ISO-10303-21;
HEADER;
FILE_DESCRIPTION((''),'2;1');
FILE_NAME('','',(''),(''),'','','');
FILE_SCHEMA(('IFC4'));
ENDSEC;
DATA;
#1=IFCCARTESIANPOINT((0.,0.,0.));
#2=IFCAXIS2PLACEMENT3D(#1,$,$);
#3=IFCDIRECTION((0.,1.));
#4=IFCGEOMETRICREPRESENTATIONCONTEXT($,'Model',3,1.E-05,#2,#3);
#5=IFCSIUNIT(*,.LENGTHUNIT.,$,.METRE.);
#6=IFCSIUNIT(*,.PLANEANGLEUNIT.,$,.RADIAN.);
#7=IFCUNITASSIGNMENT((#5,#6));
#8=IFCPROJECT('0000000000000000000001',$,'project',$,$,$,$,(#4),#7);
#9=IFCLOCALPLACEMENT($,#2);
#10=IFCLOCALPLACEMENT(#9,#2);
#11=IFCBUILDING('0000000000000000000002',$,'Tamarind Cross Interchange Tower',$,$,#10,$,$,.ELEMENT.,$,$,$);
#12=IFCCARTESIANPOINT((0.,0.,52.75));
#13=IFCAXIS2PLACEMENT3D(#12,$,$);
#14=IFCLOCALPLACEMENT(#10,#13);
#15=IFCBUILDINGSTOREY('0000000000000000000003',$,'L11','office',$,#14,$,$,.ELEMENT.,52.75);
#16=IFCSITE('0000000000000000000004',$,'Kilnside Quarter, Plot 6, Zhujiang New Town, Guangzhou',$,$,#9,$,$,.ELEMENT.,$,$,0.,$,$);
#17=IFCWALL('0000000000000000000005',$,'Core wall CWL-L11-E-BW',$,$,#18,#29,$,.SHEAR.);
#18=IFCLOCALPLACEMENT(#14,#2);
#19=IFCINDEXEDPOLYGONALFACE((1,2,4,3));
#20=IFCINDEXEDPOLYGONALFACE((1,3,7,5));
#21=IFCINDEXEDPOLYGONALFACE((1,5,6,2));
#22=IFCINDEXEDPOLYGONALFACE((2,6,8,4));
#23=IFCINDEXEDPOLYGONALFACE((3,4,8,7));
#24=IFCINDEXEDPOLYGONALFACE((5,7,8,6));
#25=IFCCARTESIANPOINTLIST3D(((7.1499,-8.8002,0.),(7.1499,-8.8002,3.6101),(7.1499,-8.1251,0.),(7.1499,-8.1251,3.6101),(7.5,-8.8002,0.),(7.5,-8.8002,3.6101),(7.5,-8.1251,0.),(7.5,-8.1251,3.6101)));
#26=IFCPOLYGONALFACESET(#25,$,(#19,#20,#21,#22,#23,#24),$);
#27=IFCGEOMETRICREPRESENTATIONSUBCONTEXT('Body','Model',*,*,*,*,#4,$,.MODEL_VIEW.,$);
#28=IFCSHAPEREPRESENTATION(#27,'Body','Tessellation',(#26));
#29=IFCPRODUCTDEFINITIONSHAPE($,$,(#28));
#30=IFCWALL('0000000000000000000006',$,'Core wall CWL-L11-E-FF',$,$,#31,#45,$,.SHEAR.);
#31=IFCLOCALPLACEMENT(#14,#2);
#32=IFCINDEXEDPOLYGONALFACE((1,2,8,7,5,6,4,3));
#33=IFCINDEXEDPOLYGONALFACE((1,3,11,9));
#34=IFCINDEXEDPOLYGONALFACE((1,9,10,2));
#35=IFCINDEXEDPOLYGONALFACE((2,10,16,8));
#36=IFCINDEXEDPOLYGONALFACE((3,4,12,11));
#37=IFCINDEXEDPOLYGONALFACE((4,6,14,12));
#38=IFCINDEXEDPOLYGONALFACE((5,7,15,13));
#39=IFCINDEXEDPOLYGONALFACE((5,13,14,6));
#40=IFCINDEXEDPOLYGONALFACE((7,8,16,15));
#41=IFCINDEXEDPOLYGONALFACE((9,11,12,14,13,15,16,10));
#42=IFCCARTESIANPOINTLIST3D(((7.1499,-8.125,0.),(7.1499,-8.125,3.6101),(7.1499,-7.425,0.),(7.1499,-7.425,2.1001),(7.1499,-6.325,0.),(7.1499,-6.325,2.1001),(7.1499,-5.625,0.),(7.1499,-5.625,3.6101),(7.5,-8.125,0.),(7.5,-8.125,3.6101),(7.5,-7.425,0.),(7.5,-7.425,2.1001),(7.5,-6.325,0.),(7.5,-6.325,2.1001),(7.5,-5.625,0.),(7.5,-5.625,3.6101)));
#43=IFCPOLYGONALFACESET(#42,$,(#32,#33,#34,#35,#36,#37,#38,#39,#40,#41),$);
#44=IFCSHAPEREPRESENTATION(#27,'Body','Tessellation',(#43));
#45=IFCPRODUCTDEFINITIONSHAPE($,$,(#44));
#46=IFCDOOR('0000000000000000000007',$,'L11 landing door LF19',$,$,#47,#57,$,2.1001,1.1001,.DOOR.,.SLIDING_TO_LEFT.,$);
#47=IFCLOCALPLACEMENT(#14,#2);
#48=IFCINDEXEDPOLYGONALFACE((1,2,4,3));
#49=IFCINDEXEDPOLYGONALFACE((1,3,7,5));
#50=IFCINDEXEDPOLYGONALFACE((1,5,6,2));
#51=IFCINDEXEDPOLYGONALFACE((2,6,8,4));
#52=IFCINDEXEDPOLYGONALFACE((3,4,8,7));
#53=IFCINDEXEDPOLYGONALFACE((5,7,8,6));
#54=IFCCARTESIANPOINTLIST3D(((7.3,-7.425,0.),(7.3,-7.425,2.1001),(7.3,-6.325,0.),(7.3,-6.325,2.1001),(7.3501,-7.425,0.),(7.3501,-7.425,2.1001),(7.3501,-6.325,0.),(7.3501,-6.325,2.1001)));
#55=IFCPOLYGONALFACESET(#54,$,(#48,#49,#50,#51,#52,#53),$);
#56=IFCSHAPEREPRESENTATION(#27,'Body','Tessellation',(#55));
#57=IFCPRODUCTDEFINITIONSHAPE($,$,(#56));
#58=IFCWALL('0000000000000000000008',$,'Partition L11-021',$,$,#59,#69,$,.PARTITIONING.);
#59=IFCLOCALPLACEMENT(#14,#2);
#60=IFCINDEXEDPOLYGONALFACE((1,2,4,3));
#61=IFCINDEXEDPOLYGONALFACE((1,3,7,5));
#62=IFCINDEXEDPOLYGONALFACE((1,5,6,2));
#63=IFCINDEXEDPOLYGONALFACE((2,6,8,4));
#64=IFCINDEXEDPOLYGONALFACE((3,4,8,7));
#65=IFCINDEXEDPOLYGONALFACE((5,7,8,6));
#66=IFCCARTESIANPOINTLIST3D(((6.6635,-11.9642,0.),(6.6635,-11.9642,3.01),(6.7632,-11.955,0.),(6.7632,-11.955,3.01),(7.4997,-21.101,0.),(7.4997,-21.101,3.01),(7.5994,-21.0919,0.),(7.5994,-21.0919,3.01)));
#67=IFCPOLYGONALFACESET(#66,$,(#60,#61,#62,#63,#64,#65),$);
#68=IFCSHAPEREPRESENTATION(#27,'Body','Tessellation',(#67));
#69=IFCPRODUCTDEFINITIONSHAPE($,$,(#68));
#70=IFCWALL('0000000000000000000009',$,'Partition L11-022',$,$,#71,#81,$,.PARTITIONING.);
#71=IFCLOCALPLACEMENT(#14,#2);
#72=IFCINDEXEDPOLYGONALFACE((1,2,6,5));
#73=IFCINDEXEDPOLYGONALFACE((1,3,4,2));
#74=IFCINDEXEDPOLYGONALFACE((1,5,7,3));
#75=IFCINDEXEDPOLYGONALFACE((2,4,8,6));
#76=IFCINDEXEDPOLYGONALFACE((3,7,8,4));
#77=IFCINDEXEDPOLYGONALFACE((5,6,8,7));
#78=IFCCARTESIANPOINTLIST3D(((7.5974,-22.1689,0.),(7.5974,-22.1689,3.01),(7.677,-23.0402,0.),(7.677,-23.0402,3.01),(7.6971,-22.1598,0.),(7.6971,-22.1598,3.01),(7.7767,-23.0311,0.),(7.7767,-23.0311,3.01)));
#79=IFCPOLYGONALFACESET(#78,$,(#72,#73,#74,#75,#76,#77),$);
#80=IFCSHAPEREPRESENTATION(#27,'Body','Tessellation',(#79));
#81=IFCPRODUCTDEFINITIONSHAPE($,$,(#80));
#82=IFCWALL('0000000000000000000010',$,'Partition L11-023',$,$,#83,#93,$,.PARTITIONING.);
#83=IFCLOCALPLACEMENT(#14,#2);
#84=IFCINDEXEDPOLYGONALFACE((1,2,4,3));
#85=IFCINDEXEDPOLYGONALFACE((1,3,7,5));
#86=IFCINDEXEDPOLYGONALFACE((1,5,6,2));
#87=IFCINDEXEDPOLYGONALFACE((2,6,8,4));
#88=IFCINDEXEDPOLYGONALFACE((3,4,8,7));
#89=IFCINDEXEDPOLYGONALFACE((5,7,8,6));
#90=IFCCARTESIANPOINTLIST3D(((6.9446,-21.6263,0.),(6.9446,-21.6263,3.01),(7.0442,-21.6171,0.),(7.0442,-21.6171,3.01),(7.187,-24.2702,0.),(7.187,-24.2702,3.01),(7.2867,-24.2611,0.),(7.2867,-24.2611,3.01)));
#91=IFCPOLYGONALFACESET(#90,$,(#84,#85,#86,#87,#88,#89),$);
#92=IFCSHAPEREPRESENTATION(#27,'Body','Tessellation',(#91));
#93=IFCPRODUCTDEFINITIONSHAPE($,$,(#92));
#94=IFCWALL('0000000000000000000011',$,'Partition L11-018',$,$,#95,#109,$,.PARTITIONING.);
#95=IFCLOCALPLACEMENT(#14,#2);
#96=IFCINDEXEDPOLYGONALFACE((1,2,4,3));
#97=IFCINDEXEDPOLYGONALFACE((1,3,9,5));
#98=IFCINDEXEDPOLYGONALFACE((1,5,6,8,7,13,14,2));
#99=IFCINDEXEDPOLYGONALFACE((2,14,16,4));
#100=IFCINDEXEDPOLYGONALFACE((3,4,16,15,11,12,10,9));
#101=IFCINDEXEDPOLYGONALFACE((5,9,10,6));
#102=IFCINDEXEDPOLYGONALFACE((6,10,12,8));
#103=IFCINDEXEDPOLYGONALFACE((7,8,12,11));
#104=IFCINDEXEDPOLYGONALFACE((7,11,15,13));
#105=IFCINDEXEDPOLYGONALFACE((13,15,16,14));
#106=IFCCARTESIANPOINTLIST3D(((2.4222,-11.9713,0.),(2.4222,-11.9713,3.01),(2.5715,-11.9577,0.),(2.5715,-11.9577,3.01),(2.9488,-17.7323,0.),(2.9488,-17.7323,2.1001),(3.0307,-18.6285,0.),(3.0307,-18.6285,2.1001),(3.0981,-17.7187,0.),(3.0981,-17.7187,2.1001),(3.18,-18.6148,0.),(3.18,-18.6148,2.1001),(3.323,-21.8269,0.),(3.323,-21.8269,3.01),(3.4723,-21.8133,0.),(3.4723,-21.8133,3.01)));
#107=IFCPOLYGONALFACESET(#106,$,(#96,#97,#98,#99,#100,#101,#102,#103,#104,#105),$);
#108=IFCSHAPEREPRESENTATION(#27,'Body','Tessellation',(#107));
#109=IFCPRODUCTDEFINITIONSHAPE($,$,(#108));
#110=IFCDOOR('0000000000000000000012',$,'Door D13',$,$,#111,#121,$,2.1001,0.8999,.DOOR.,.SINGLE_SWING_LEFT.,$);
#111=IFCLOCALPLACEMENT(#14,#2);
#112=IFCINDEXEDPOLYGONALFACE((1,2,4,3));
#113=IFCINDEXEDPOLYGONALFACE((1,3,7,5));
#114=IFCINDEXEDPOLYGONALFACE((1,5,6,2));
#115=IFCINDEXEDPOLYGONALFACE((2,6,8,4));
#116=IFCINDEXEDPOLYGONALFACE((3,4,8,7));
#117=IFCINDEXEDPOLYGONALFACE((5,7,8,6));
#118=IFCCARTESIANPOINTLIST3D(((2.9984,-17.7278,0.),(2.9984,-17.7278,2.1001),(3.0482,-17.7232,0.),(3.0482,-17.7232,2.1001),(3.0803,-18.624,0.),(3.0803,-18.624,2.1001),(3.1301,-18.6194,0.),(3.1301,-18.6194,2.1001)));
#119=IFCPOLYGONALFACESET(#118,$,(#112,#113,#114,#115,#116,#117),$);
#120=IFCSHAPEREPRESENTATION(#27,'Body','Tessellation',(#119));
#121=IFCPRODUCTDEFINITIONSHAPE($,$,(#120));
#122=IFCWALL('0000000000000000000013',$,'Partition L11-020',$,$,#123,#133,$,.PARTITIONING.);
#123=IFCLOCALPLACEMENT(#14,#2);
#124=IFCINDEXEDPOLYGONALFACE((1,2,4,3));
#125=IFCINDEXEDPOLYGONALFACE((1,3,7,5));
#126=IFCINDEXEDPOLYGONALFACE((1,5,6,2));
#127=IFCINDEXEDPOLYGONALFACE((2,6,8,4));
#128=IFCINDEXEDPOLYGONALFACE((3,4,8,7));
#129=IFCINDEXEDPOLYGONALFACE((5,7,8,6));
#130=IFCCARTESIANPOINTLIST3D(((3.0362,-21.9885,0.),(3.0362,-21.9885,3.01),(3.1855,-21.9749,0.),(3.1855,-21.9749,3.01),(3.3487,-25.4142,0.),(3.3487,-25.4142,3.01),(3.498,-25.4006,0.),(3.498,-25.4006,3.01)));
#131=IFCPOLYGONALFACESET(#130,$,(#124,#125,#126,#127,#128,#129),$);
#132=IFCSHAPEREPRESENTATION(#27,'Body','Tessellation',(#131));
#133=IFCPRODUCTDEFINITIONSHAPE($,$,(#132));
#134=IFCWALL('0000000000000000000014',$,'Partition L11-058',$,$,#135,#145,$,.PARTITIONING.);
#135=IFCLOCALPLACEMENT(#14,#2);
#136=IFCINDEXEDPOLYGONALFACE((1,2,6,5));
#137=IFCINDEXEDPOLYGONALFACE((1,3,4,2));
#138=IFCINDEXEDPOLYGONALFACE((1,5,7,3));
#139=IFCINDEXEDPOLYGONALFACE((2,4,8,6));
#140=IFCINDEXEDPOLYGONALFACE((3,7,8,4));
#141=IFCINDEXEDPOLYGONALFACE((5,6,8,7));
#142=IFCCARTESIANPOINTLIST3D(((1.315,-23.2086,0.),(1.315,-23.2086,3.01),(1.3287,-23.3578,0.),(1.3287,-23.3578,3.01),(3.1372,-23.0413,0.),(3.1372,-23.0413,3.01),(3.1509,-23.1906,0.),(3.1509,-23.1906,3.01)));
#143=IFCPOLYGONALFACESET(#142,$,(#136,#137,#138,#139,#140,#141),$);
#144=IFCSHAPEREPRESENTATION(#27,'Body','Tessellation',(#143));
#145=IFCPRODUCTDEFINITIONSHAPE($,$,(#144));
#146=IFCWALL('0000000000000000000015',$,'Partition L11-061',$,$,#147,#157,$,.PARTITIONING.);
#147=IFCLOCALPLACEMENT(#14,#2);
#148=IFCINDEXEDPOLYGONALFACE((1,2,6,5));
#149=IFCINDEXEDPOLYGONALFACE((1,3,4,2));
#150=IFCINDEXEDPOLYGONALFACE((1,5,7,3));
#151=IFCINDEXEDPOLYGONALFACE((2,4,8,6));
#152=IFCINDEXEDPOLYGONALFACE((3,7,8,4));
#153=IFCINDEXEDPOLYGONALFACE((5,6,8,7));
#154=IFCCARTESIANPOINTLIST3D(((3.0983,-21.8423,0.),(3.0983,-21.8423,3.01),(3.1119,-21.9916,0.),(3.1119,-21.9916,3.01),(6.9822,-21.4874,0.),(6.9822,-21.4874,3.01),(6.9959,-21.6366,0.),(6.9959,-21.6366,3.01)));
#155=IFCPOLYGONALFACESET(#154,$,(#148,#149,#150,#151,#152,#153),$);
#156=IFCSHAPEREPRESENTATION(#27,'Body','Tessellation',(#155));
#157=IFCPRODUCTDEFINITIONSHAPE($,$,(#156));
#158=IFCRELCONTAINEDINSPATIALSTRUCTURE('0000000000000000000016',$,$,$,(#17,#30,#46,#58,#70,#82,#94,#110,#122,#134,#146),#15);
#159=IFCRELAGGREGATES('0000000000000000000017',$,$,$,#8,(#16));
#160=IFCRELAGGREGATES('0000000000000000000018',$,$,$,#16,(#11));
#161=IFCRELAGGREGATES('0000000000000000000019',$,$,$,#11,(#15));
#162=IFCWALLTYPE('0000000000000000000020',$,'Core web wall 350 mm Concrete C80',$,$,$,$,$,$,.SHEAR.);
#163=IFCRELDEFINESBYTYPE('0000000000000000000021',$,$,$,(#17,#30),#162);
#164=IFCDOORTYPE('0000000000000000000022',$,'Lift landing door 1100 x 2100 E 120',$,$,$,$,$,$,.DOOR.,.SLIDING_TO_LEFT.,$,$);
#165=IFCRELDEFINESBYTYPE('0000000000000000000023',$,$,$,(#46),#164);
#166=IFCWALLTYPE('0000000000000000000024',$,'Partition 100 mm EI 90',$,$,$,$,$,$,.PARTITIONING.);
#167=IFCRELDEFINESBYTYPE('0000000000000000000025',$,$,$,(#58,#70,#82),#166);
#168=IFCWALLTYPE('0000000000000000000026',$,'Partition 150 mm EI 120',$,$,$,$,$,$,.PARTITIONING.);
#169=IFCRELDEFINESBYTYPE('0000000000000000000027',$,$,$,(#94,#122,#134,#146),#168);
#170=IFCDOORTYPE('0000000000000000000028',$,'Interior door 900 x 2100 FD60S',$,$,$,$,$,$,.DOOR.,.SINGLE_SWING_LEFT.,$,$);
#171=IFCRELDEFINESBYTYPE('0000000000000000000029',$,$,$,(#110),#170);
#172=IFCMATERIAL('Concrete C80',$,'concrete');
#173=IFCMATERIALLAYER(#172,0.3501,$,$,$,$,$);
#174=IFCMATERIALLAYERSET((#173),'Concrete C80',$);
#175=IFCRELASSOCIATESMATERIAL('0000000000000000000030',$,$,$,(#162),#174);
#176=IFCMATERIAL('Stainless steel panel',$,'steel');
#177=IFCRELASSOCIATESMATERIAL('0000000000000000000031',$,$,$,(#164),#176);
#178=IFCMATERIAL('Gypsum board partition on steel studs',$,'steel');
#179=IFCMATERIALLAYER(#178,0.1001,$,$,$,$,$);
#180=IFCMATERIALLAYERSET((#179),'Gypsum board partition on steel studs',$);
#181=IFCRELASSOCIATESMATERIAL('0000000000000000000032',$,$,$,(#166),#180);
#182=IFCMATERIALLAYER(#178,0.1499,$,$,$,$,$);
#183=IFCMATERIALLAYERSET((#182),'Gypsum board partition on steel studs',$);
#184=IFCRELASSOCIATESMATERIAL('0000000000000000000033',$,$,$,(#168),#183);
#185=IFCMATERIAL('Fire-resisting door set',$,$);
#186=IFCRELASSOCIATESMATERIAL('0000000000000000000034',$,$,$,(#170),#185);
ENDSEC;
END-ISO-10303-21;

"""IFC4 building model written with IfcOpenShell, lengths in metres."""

from ifc_helpers import new_model, si_unit, direction, frame, frame_2d, origin, place, context, subcontext, project, spatial, rectangle, extrude, material, layer, layer_set, type_object, element, fill, save


model = new_model("IFC4")

# Units and contexts
model_context = context("Model", 3, precision=1e-05, world=origin(), true_north=direction((0.0, 1.0)))
body_context = subcontext(model_context, "Body", "Model", "MODEL_VIEW")
ifc_project = project(units=[si_unit("LENGTHUNIT", "METRE"), si_unit("PLANEANGLEUNIT", "RADIAN")], contexts=[model_context])

# Site, building, storey
site_placement = place(None, origin())
site = spatial("IfcSite", under=ifc_project, at=site_placement, Name="Kilnside Quarter, Plot 6, Zhujiang New Town, Guangzhou", CompositionType="ELEMENT", RefElevation=0.0)
building_placement = place(site_placement, origin())
building = spatial("IfcBuilding", under=site, at=building_placement, Name="Tamarind Cross Interchange Tower", CompositionType="ELEMENT")
storey_placement = place(building_placement, frame((0.0, 0.0, 52.75)))
storey = spatial("IfcBuildingStorey", under=building, at=storey_placement, Name="L11", Description="office", CompositionType="ELEMENT", Elevation=52.75)

# Shared definitions
ifc_material_1 = material(Name="Concrete C80", Category="concrete")

# Wall
ifc_layer_1 = layer(ifc_material_1, 0.3501)
ifc_layer_set_1 = layer_set([ifc_layer_1], Name="Concrete C80")
wall_type_1 = type_object("IfcWallType", Name="Core web wall 350 mm Concrete C80", PredefinedType="SHEAR", material=ifc_layer_set_1)
wall_1_placement = place(storey_placement, frame((7.325, -8.8, 0.0), z_axis=(0.0, 0.0, 1.0), x_axis=(0.0, 1.0, 0.0)))
element("IfcWall", 1, at=wall_1_placement, inside=storey, type_object=wall_type_1, Name="Core wall CWL-L11-E-BW", PredefinedType="SHEAR", context=body_context, shape_type="SweptSolid", body=[
    extrude(rectangle(XDim=0.675, YDim=0.3501, at=frame_2d((0.3374, 0.0))), origin(), (0.0, 0.0, 1.0), 3.6101),
])

# Wall, opening, door
wall_2_placement = place(storey_placement, frame((7.325, -8.125, 0.0), z_axis=(0.0, 0.0, 1.0), x_axis=(0.0, 1.0, 0.0)))
wall_2 = element("IfcWall", 2, at=wall_2_placement, inside=storey, type_object=wall_type_1, Name="Core wall CWL-L11-E-FF", PredefinedType="SHEAR", context=body_context, shape_type="SweptSolid", body=[
    extrude(rectangle(XDim=2.5, YDim=0.3501, at=frame_2d((1.25, 0.0))), origin(), (0.0, 0.0, 1.0), 3.6101),
])
opening_1_placement = place(wall_2_placement, frame((0.7, 0.0, 0.0)))
opening_1 = element("IfcOpeningElement", 3, at=opening_1_placement, cuts=wall_2, PredefinedType="OPENING", context=body_context, shape_type="SweptSolid", body=[
    extrude(rectangle(XDim=1.1001, YDim=2.1001, at=frame_2d((0.55, 1.05))), frame((0.0, 0.1851, 0.0), z_axis=(0.0, -1.0, 0.0), x_axis=(1.0, 0.0, 0.0)), (0.0, 0.0, 1.0), 0.3701),
])
ifc_material_2 = material(Name="Stainless steel panel", Category="steel")
door_type_1 = type_object("IfcDoorType", Name="Lift landing door 1100 x 2100 E 120", OperationType="SLIDING_TO_LEFT", PredefinedType="DOOR", material=ifc_material_2)
door_1_placement = place(opening_1_placement, origin())
door_1 = element("IfcDoor", 4, at=door_1_placement, inside=storey, type_object=door_type_1, Name="L11 landing door LF19", OperationType="SLIDING_TO_LEFT", OverallHeight=2.1001, OverallWidth=1.1001, PredefinedType="DOOR", context=body_context, shape_type="SweptSolid", body=[
    extrude(rectangle(XDim=1.1001, YDim=2.1001, at=frame_2d((0.55, 1.05))), frame((0.0, 0.0249, 0.0), z_axis=(0.0, -1.0, 0.0), x_axis=(1.0, 0.0, 0.0)), (0.0, 0.0, 1.0), 0.05),
])
fill(opening_1, door_1)

# Walls
ifc_material_3 = material(Name="Gypsum board partition on steel studs", Category="steel")
ifc_layer_2 = layer(ifc_material_3, 0.1001)
ifc_layer_set_2 = layer_set([ifc_layer_2], Name="Gypsum board partition on steel studs")
wall_type_2 = type_object("IfcWallType", Name="Partition 100 mm EI 90", PredefinedType="PARTITIONING", material=ifc_layer_set_2)
wall_3_placement = place(storey_placement, frame((6.7134, -11.9597, 0.0), z_axis=(0.0, 0.0, 1.0), x_axis=(0.091136, -0.995838, 0.0)))
element("IfcWall", 5, at=wall_3_placement, inside=storey, type_object=wall_type_2, Name="Partition L11-021", PredefinedType="PARTITIONING", context=body_context, shape_type="SweptSolid", body=[
    extrude(rectangle(XDim=9.175, YDim=0.1001, at=frame_2d((4.5874, 0.0))), origin(), (0.0, 0.0, 1.0), 3.01),
])
wall_4_placement = place(storey_placement, frame((7.6472, -22.1643, 0.0), z_axis=(0.0, 0.0, 1.0), x_axis=(0.090963, -0.995854, 0.0)))
element("IfcWall", 6, at=wall_4_placement, inside=storey, type_object=wall_type_2, Name="Partition L11-022", PredefinedType="PARTITIONING", context=body_context, shape_type="SweptSolid", body=[
    extrude(rectangle(XDim=0.875, YDim=0.1001, at=frame_2d((0.4375, 0.0))), origin(), (0.0, 0.0, 1.0), 3.01),
])
wall_5_placement = place(storey_placement, frame((6.9944, -21.6216, 0.0), z_axis=(0.0, 0.0, 1.0), x_axis=(0.091307, -0.995823, 0.0)))
element("IfcWall", 7, at=wall_5_placement, inside=storey, type_object=wall_type_2, Name="Partition L11-023", PredefinedType="PARTITIONING", context=body_context, shape_type="SweptSolid", body=[
    extrude(rectangle(XDim=2.655, YDim=0.1001, at=frame_2d((1.3276, 0.0))), origin(), (0.0, 0.0, 1.0), 3.01),
])

# Wall, opening, door
ifc_layer_3 = layer(ifc_material_3, 0.1499)
ifc_layer_set_3 = layer_set([ifc_layer_3], Name="Gypsum board partition on steel studs")
wall_type_3 = type_object("IfcWallType", Name="Partition 150 mm EI 120", PredefinedType="PARTITIONING", material=ifc_layer_set_3)
wall_6_placement = place(storey_placement, frame((2.4968, -11.9646, 0.0), z_axis=(0.0, 0.0, 1.0), x_axis=(0.091027, -0.995848, 0.0)))
wall_6 = element("IfcWall", 8, at=wall_6_placement, inside=storey, type_object=wall_type_3, Name="Partition L11-018", PredefinedType="PARTITIONING", context=body_context, shape_type="SweptSolid", body=[
    extrude(rectangle(XDim=9.8967, YDim=0.1499, at=frame_2d((4.9482, 0.0))), origin(), (0.0, 0.0, 1.0), 3.01),
])
opening_2_placement = place(wall_6_placement, frame((5.7849, 0.0, 0.0)))
opening_2 = element("IfcOpeningElement", 9, at=opening_2_placement, cuts=wall_6, PredefinedType="OPENING", context=body_context, shape_type="SweptSolid", body=[
    extrude(rectangle(XDim=0.8999, YDim=2.1001, at=frame_2d((0.45, 1.05))), frame((0.0, 0.085, 0.0), z_axis=(0.0, -1.0, 0.0), x_axis=(1.0, 0.0, 0.0)), (0.0, 0.0, 1.0), 0.1699),
])
ifc_material_4 = material(Name="Fire-resisting door set")
door_type_2 = type_object("IfcDoorType", Name="Interior door 900 x 2100 FD60S", OperationType="SINGLE_SWING_LEFT", PredefinedType="DOOR", material=ifc_material_4)
door_2_placement = place(opening_2_placement, origin())
door_2 = element("IfcDoor", 10, at=door_2_placement, inside=storey, type_object=door_type_2, Name="Door D13", OperationType="SINGLE_SWING_LEFT", OverallHeight=2.1001, OverallWidth=0.8999, PredefinedType="DOOR", context=body_context, shape_type="SweptSolid", body=[
    extrude(rectangle(XDim=0.8999, YDim=2.1001, at=frame_2d((0.45, 1.05))), frame((0.0, 0.0249, 0.0), z_axis=(0.0, -1.0, 0.0), x_axis=(1.0, 0.0, 0.0)), (0.0, 0.0, 1.0), 0.05),
])
fill(opening_2, door_2)

# Walls
wall_7_placement = place(storey_placement, frame((3.1108, -21.9817, 0.0), z_axis=(0.0, 0.0, 1.0), x_axis=(0.090843, -0.995865, 0.0)))
element("IfcWall", 11, at=wall_7_placement, inside=storey, type_object=wall_type_3, Name="Partition L11-020", PredefinedType="PARTITIONING", context=body_context, shape_type="SweptSolid", body=[
    extrude(rectangle(XDim=3.4399, YDim=0.1499, at=frame_2d((1.72, 0.0))), origin(), (0.0, 0.0, 1.0), 3.01),
])
wall_8_placement = place(storey_placement, frame((1.3218, -23.2832, 0.0), z_axis=(0.0, 0.0, 1.0), x_axis=(0.995815, 0.09139, 0.0)))
element("IfcWall", 12, at=wall_8_placement, inside=storey, type_object=wall_type_3, Name="Partition L11-058", PredefinedType="PARTITIONING", context=body_context, shape_type="SweptSolid", body=[
    extrude(rectangle(XDim=1.8298, YDim=0.1499, at=frame_2d((0.915, 0.0))), origin(), (0.0, 0.0, 1.0), 3.01),
])
wall_9_placement = place(storey_placement, frame((3.105, -21.917, 0.0), z_axis=(0.0, 0.0, 1.0), x_axis=(0.995849, 0.091015, 0.0)))
element("IfcWall", 13, at=wall_9_placement, inside=storey, type_object=wall_type_3, Name="Partition L11-061", PredefinedType="PARTITIONING", context=body_context, shape_type="SweptSolid", body=[
    extrude(rectangle(XDim=3.9001, YDim=0.1499, at=frame_2d((1.9502, 0.0))), origin(), (0.0, 0.0, 1.0), 3.01),
])

save(model, "model.ifc")
